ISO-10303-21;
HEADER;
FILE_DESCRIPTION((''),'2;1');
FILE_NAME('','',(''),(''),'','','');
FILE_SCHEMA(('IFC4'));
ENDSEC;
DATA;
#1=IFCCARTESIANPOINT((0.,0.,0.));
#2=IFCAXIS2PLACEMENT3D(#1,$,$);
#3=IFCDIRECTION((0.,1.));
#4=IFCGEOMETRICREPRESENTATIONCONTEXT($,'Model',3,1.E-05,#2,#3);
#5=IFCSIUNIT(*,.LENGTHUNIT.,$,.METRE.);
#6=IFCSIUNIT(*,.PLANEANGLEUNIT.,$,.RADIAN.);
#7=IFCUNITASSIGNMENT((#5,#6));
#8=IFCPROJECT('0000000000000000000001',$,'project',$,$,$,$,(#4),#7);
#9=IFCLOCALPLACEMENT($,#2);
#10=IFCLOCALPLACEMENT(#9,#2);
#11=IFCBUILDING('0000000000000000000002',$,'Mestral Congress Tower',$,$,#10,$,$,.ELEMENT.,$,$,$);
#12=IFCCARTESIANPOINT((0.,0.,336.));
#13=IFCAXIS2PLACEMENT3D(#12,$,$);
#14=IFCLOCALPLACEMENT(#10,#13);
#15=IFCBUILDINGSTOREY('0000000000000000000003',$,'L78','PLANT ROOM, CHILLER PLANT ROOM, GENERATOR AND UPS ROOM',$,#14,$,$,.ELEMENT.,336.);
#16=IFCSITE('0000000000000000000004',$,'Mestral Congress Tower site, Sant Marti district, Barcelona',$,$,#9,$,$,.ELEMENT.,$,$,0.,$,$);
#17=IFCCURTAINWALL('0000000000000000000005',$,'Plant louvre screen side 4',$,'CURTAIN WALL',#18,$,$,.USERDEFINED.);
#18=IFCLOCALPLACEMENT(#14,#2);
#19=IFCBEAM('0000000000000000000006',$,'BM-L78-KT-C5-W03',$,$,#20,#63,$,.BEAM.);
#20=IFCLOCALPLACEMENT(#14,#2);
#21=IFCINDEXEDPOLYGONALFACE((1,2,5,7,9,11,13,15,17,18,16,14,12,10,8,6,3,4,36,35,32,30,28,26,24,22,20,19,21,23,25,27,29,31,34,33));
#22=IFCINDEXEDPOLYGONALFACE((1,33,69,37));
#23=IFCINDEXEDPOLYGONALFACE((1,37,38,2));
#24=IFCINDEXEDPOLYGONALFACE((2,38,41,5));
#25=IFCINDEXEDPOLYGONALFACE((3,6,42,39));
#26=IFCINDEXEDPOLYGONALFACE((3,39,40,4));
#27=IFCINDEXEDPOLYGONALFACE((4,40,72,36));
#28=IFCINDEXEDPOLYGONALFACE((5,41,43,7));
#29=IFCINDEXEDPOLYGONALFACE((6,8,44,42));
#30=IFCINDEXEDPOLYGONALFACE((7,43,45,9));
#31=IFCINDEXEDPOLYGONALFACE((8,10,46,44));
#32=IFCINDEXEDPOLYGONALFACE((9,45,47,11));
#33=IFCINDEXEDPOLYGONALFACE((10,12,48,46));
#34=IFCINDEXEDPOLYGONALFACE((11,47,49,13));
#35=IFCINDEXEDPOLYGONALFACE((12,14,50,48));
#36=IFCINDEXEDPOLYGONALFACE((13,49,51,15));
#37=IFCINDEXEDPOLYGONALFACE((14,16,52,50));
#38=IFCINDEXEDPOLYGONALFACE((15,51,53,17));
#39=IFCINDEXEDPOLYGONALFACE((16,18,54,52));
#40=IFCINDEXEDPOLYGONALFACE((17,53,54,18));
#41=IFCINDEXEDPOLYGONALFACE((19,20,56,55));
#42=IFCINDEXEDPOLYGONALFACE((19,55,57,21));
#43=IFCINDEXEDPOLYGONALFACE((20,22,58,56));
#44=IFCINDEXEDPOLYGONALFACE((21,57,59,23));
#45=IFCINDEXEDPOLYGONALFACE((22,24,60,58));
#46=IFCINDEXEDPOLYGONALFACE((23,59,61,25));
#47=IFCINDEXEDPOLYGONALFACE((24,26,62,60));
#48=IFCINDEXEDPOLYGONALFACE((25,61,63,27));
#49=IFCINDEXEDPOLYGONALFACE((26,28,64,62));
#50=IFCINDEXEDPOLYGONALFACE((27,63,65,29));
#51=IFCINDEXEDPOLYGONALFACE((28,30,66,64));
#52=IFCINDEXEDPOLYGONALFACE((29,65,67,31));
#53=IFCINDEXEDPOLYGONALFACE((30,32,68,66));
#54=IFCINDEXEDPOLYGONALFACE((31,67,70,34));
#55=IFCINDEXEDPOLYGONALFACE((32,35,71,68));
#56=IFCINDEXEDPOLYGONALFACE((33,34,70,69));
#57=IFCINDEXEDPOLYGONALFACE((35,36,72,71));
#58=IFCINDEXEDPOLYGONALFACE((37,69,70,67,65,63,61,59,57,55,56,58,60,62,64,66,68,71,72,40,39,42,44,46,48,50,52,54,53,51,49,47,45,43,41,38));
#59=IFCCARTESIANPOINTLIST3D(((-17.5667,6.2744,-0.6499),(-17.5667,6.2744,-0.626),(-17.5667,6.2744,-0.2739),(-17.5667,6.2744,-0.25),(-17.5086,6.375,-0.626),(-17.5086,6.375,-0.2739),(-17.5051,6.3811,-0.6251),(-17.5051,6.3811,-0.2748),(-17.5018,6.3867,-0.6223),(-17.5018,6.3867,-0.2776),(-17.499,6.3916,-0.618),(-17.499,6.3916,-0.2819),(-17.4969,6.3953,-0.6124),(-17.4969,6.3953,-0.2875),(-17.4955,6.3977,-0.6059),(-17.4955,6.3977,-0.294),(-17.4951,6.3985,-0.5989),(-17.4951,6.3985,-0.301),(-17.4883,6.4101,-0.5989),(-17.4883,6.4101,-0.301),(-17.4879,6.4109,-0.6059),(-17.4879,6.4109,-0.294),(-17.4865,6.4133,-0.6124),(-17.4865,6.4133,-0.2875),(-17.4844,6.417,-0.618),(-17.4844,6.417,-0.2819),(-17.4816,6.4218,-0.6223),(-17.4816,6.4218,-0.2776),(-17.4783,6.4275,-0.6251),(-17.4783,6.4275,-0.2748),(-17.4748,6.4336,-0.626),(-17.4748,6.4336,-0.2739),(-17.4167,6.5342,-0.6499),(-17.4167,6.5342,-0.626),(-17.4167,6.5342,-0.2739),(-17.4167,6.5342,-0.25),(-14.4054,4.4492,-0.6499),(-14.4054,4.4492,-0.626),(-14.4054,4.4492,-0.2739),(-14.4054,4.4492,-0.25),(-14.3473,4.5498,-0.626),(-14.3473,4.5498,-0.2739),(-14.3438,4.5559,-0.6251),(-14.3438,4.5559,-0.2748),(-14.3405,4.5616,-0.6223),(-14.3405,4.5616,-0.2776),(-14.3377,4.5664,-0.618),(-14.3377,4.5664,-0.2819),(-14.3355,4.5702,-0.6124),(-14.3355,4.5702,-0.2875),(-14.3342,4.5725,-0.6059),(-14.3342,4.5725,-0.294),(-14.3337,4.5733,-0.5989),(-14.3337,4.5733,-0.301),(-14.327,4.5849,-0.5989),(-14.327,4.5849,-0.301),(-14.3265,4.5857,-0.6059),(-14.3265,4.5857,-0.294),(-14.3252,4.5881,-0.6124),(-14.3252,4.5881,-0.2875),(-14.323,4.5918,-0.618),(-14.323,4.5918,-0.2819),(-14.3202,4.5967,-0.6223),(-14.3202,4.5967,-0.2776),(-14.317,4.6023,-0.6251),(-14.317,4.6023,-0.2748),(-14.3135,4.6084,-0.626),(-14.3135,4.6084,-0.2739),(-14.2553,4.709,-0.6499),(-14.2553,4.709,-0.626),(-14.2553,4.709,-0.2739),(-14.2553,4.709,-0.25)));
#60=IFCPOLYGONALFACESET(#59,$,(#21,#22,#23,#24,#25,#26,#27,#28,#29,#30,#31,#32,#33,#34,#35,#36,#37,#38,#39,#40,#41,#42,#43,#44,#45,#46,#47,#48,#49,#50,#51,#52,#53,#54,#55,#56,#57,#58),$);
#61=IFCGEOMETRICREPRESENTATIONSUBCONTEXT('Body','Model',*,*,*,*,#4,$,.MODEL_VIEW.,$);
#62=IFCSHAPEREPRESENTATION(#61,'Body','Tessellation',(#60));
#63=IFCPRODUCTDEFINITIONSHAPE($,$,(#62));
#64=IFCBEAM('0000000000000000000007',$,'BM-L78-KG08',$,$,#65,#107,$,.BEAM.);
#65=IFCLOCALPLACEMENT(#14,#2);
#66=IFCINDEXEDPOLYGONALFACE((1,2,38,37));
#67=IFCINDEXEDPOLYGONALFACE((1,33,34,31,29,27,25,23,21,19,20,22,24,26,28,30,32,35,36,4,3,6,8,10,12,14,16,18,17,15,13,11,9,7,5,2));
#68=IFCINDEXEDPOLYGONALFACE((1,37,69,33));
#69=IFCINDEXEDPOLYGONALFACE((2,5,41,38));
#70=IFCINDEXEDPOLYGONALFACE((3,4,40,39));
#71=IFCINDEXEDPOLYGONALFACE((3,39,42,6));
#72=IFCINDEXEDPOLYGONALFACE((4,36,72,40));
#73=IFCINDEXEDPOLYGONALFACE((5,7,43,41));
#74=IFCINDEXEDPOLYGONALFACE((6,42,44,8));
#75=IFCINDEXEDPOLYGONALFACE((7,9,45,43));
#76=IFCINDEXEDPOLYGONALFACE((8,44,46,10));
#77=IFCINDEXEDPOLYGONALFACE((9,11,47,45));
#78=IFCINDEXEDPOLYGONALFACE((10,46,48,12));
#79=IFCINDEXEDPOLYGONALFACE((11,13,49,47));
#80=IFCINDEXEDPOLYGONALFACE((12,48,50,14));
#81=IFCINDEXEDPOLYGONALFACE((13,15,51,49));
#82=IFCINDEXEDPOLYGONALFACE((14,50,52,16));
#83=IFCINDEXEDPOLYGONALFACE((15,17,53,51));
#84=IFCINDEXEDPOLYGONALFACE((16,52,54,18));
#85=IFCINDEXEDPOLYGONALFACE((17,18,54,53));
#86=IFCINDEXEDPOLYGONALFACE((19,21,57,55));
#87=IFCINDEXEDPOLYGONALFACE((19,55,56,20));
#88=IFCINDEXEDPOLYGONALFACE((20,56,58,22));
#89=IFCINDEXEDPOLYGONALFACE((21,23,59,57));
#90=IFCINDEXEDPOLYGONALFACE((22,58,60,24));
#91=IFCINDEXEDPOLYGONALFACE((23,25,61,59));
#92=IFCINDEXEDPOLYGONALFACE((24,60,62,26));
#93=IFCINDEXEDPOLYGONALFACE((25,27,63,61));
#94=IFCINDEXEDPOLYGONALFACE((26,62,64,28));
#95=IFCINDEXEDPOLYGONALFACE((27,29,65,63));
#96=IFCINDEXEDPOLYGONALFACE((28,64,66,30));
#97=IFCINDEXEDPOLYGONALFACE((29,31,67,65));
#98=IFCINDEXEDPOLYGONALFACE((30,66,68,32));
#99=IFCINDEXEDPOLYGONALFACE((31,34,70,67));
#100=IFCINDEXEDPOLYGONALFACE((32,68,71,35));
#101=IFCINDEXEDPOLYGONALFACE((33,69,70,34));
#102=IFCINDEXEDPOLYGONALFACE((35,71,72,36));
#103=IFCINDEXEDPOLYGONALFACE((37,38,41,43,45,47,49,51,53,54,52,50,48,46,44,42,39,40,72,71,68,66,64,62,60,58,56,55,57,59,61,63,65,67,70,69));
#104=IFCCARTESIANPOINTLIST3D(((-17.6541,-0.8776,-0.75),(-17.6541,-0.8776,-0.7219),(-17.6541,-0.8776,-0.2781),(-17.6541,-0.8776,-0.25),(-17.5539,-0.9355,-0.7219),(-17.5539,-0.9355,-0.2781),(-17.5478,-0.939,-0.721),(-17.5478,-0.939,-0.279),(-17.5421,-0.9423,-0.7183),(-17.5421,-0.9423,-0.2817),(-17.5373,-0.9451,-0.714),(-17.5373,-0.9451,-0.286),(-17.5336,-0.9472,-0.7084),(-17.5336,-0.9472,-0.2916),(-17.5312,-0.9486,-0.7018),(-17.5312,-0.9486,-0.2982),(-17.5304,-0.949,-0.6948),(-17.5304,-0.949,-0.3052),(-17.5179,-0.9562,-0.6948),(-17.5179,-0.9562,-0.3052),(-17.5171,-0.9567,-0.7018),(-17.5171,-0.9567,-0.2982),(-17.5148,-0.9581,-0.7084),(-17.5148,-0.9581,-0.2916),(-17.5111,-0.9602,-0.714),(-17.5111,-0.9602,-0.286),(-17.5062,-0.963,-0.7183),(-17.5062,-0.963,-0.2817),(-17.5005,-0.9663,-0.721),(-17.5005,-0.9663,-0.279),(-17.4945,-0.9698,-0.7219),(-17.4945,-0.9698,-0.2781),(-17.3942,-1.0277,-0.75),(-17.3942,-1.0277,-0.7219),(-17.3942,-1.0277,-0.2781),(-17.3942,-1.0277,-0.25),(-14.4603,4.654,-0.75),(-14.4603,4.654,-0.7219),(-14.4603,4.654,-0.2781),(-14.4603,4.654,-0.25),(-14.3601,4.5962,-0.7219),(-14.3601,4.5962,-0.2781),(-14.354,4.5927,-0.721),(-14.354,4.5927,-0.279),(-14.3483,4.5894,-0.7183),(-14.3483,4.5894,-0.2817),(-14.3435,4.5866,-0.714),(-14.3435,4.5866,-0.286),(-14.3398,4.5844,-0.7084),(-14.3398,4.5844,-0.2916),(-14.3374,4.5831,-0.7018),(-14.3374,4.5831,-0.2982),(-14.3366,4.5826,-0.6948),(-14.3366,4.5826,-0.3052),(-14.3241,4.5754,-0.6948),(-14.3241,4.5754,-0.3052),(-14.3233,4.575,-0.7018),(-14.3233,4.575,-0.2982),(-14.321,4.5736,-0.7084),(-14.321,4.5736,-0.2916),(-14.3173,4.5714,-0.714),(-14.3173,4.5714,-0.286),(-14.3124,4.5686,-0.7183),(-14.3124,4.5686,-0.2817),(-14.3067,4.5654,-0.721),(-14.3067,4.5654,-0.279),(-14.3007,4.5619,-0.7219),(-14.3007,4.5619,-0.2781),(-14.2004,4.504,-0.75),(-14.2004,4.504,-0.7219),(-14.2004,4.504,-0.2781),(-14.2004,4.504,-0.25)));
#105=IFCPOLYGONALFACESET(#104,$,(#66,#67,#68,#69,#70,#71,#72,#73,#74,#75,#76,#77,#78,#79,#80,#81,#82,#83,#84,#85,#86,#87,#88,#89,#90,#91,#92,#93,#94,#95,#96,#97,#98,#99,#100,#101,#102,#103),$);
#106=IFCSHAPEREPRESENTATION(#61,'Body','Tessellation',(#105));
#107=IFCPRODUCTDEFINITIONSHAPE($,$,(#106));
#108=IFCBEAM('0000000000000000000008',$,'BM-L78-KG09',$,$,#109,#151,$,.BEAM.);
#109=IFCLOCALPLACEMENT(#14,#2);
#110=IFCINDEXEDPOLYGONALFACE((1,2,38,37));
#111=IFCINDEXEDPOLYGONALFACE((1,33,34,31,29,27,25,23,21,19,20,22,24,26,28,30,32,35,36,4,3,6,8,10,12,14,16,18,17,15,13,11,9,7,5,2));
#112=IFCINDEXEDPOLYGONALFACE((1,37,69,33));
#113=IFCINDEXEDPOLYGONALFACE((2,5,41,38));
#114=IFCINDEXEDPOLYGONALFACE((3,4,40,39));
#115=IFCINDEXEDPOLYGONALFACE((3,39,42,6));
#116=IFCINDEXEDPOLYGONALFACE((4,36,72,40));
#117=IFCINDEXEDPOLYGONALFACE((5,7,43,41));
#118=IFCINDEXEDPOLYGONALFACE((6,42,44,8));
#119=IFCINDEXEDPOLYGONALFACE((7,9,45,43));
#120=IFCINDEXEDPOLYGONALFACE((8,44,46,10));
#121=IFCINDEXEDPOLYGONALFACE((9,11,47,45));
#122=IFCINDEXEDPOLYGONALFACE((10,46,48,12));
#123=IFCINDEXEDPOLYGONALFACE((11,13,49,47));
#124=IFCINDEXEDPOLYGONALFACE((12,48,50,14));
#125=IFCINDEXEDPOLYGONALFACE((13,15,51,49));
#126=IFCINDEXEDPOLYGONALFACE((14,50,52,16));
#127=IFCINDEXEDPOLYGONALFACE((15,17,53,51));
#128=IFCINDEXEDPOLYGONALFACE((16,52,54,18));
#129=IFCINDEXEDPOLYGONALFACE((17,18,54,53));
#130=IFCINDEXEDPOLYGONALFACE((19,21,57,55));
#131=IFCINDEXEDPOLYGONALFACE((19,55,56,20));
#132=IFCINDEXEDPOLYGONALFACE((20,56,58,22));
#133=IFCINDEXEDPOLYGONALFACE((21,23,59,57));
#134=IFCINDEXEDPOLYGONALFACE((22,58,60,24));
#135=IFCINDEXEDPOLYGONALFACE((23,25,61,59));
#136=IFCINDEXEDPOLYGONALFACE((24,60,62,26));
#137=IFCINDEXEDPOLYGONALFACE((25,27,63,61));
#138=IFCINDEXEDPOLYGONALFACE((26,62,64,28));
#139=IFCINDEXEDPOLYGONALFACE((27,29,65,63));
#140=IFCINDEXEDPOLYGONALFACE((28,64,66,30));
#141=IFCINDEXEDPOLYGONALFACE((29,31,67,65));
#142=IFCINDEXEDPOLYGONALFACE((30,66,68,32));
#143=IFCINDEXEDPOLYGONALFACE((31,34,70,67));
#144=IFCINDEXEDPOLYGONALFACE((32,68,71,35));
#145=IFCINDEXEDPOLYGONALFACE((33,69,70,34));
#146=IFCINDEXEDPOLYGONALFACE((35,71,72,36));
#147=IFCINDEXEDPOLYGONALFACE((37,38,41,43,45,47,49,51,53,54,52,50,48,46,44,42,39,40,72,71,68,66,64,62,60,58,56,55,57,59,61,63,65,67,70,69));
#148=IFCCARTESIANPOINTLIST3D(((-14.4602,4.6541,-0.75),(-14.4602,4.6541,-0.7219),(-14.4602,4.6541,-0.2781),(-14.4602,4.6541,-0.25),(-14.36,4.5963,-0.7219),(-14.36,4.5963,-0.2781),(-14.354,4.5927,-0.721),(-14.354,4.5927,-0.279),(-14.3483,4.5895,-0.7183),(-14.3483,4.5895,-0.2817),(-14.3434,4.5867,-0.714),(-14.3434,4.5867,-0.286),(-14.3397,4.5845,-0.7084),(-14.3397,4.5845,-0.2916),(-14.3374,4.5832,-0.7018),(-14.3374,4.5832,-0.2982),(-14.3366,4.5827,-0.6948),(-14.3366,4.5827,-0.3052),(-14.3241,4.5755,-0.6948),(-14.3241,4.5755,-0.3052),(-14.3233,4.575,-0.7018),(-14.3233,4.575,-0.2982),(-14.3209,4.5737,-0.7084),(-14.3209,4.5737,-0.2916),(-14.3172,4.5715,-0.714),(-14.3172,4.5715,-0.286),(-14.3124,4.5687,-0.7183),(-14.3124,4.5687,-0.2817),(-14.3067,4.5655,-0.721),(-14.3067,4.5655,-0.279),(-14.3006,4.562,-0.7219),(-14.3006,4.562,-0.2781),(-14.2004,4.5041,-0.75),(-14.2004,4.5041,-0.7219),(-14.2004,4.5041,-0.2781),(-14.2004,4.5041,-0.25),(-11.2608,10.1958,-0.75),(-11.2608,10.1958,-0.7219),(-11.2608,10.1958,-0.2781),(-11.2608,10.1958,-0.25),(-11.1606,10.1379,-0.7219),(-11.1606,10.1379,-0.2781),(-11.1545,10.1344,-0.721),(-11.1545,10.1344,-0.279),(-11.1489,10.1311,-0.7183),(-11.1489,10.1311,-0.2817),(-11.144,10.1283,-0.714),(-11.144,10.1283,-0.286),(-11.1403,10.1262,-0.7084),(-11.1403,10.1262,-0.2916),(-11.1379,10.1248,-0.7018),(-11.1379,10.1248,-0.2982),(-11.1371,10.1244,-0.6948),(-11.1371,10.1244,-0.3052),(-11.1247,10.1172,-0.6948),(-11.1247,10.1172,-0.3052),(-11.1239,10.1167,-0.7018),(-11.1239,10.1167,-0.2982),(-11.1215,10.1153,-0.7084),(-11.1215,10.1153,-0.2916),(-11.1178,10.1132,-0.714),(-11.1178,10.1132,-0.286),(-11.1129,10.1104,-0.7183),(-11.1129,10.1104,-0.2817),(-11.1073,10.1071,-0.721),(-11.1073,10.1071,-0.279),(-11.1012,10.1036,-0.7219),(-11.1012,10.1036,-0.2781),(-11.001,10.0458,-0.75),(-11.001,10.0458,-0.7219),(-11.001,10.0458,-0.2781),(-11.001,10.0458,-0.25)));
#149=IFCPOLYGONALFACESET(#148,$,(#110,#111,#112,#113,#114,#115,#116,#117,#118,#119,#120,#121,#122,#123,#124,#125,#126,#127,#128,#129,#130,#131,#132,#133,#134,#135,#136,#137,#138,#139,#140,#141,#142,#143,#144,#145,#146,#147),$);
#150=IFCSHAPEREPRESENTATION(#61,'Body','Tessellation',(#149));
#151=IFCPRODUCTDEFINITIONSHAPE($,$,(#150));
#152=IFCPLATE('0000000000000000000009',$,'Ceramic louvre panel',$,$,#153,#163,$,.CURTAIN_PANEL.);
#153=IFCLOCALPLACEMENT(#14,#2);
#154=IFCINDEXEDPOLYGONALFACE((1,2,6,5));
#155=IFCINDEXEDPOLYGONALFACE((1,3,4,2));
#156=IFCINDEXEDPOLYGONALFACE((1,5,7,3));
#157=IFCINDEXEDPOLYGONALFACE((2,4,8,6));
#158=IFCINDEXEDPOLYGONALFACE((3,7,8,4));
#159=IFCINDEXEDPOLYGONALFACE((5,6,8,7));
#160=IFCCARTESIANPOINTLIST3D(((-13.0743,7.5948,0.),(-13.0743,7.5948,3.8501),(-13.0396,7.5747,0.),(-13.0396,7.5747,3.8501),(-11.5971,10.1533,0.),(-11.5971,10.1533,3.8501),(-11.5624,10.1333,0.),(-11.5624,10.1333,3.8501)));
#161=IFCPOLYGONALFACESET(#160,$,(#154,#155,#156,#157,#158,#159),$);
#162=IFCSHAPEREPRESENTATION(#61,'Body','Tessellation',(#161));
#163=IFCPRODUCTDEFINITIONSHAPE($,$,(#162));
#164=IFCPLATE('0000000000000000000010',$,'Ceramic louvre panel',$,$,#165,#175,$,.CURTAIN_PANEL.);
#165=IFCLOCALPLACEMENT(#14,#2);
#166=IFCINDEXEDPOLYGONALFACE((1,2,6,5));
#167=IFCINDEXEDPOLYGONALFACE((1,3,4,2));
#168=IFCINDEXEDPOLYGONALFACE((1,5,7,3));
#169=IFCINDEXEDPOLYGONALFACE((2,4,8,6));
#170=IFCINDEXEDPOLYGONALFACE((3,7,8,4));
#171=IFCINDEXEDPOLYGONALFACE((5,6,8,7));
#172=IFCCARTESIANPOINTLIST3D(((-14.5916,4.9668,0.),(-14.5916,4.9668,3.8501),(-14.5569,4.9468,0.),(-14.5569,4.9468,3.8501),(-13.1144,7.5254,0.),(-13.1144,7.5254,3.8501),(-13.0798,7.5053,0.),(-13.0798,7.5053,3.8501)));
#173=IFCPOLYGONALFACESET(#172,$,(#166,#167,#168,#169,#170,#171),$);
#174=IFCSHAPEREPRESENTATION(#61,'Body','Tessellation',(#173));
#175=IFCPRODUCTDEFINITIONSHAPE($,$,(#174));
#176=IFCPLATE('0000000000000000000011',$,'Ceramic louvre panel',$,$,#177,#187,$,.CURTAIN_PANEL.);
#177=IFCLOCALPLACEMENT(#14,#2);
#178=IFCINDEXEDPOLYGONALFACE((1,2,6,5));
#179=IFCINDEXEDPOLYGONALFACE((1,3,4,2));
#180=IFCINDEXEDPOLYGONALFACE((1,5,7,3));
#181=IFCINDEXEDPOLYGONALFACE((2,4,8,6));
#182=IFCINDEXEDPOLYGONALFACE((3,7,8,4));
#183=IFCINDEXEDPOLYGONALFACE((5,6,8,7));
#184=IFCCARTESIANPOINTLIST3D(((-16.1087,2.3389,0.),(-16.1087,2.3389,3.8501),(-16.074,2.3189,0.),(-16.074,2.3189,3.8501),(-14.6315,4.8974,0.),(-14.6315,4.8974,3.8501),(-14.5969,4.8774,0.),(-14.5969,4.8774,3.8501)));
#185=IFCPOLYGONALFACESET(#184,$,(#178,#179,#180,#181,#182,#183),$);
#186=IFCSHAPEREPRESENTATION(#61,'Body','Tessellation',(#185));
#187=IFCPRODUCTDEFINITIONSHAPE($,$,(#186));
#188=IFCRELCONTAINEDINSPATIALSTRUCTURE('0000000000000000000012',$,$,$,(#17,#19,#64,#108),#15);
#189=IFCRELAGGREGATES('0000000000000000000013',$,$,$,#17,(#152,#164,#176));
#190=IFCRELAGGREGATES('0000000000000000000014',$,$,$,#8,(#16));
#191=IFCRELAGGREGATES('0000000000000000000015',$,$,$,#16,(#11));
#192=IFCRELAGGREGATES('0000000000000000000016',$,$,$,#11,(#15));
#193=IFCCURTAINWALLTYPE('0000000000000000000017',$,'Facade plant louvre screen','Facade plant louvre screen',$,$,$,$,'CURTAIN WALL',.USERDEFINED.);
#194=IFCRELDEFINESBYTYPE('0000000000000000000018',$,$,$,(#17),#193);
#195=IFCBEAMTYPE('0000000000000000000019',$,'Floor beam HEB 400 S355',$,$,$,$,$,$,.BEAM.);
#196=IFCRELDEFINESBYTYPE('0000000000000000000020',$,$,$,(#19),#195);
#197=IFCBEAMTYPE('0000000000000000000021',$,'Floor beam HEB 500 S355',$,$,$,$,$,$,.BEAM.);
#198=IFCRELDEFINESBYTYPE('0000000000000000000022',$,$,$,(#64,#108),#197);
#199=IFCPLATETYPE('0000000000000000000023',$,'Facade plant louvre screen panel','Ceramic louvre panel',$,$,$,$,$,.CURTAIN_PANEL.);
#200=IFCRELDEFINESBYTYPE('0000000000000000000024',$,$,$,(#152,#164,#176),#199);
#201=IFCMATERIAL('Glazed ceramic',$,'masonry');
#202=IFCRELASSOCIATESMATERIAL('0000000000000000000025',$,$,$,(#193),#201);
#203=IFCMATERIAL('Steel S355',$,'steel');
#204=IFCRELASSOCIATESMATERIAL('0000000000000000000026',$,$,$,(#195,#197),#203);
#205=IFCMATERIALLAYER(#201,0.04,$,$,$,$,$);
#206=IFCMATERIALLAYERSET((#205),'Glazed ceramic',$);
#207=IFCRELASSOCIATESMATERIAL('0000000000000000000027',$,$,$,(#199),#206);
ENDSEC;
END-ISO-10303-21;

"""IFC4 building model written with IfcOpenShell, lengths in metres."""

from ifc_helpers import new_model, si_unit, direction, frame, origin, origin_2d, place, context, subcontext, project, spatial, rectangle, i_section, extrude, material, layer, layer_set, material_profile, profile_set, type_object, element, aggregate, save


model = new_model("IFC4")

# Units and contexts
model_context = context("Model", 3, precision=1e-05, world=origin(), true_north=direction((0.0, 1.0)))
body_context = subcontext(model_context, "Body", "Model", "MODEL_VIEW")
ifc_project = project(units=[si_unit("LENGTHUNIT", "METRE"), si_unit("PLANEANGLEUNIT", "RADIAN")], contexts=[model_context])

# Site, building, storey
site_placement = place(None, origin())
site = spatial("IfcSite", under=ifc_project, at=site_placement, Name="Mestral Congress Tower site, Sant Marti district, Barcelona", CompositionType="ELEMENT", RefElevation=0.0)
building_placement = place(site_placement, origin())
building = spatial("IfcBuilding", under=site, at=building_placement, Name="Mestral Congress Tower", CompositionType="ELEMENT")
storey_placement = place(building_placement, frame((0.0, 0.0, 336.0)))
storey = spatial("IfcBuildingStorey", under=building, at=storey_placement, Name="L78", Description="PLANT ROOM, CHILLER PLANT ROOM, GENERATOR AND UPS ROOM", CompositionType="ELEMENT", Elevation=336.0)

# Shared definitions
ifc_material_1 = material(Name="Steel S355", Category="steel")

# Curtain wall
ifc_material_2 = material(Name="Glazed ceramic", Category="masonry")
curtain_wall_type = type_object("IfcCurtainWallType", Name="Facade plant louvre screen", Description="Facade plant louvre screen", ElementType="CURTAIN WALL", PredefinedType="USERDEFINED", material=ifc_material_2)
curtain_wall_placement = place(storey_placement, origin())
curtain_wall = element("IfcCurtainWall", 1, at=curtain_wall_placement, inside=storey, type_object=curtain_wall_type, Name="Plant louvre screen side 4", ObjectType="CURTAIN WALL", PredefinedType="USERDEFINED")

# Beams
ifc_material_profile_1 = material_profile(ifc_material_1, i_section(OverallWidth=0.3, OverallDepth=0.3999, WebThickness=0.0134, FlangeThickness=0.0239, FilletRadius=0.0271, at=origin_2d()), Name="HEB 400")
ifc_profile_set_1 = profile_set([ifc_material_profile_1], Name="Steel S355")
beam_type_1 = type_object("IfcBeamType", Name="Floor beam HEB 400 S355", PredefinedType="BEAM", material=ifc_profile_set_1)
beam_1_placement = place(storey_placement, frame((-17.4917, 6.4043, -0.45), z_axis=(0.866029, -0.499995, 0.0), x_axis=(0.499995, 0.866029, 0.0)))
element("IfcBeam", 2, at=beam_1_placement, inside=storey, type_object=beam_type_1, Name="BM-L78-KT-C5-W03", PredefinedType="BEAM", context=body_context, shape_type="SweptSolid", body=[
    extrude(i_section(OverallWidth=0.3, OverallDepth=0.3999, WebThickness=0.0134, FlangeThickness=0.0239, FilletRadius=0.0271, at=origin_2d()), origin(), (0.0, 0.0, 1.0), 3.6504),
])
ifc_material_profile_2 = material_profile(ifc_material_1, i_section(OverallWidth=0.3, OverallDepth=0.5, WebThickness=0.0144, FlangeThickness=0.0281, FilletRadius=0.0271, at=origin_2d()), Name="HEB 500")
ifc_profile_set_2 = profile_set([ifc_material_profile_2], Name="Steel S355")
beam_type_2 = type_object("IfcBeamType", Name="Floor beam HEB 500 S355", PredefinedType="BEAM", material=ifc_profile_set_2)
beam_2_placement = place(storey_placement, frame((-17.5242, -0.9526, -0.5), z_axis=(0.500011, 0.866019, 0.0), x_axis=(-0.866019, 0.500011, 0.0)))
element("IfcBeam", 3, at=beam_2_placement, inside=storey, type_object=beam_type_2, Name="BM-L78-KG08", PredefinedType="BEAM", context=body_context, shape_type="SweptSolid", body=[
    extrude(i_section(OverallWidth=0.3, OverallDepth=0.5, WebThickness=0.0144, FlangeThickness=0.0281, FilletRadius=0.0271, at=origin_2d()), origin(), (0.0, 0.0, 1.0), 6.3875),
])
beam_3_placement = place(storey_placement, frame((-14.3303, 4.5791, -0.5), z_axis=(0.499992, 0.86603, 0.0), x_axis=(-0.86603, 0.499992, 0.0)))
element("IfcBeam", 4, at=beam_3_placement, inside=storey, type_object=beam_type_2, Name="BM-L78-KG09", PredefinedType="BEAM", context=body_context, shape_type="SweptSolid", body=[
    extrude(i_section(OverallWidth=0.3, OverallDepth=0.5, WebThickness=0.0144, FlangeThickness=0.0281, FilletRadius=0.0271, at=origin_2d()), origin(), (0.0, 0.0, 1.0), 6.3989),
])

# Plates
ifc_layer_1 = layer(ifc_material_2, 0.04)
ifc_layer_set_1 = layer_set([ifc_layer_1], Name="Glazed ceramic")
plate_type = type_object("IfcPlateType", Name="Facade plant louvre screen panel", Description="Ceramic louvre panel", PredefinedType="CURTAIN_PANEL", material=ifc_layer_set_1)
plate_1_placement = place(storey_placement, frame((-12.3184, 8.864, 0.0), z_axis=(0.0, 0.0, 1.0), x_axis=(-0.500002, -0.866025, 0.0)))
plate_1 = element("IfcPlate", 5, at=plate_1_placement, type_object=plate_type, Name="Ceramic louvre panel", PredefinedType="CURTAIN_PANEL", context=body_context, shape_type="SweptSolid", body=[
    extrude(rectangle(XDim=2.9543, YDim=0.04, at=origin_2d()), origin(), (0.0, 0.0, 1.0), 3.8501),
])
plate_2_placement = place(storey_placement, frame((-13.8357, 6.2361, 0.0), z_axis=(0.0, 0.0, 1.0), x_axis=(-0.500002, -0.866025, 0.0)))
plate_2 = element("IfcPlate", 6, at=plate_2_placement, type_object=plate_type, Name="Ceramic louvre panel", PredefinedType="CURTAIN_PANEL", context=body_context, shape_type="SweptSolid", body=[
    extrude(rectangle(XDim=2.9543, YDim=0.04, at=origin_2d()), origin(), (0.0, 0.0, 1.0), 3.8501),
])
plate_3_placement = place(storey_placement, frame((-15.3528, 3.6082, 0.0), z_axis=(0.0, 0.0, 1.0), x_axis=(-0.500002, -0.866025, 0.0)))
plate_3 = element("IfcPlate", 7, at=plate_3_placement, type_object=plate_type, Name="Ceramic louvre panel", PredefinedType="CURTAIN_PANEL", context=body_context, shape_type="SweptSolid", body=[
    extrude(rectangle(XDim=2.9543, YDim=0.04, at=origin_2d()), origin(), (0.0, 0.0, 1.0), 3.8501),
])
aggregate(curtain_wall, [plate_1, plate_2, plate_3])

save(model, "model.ifc")
